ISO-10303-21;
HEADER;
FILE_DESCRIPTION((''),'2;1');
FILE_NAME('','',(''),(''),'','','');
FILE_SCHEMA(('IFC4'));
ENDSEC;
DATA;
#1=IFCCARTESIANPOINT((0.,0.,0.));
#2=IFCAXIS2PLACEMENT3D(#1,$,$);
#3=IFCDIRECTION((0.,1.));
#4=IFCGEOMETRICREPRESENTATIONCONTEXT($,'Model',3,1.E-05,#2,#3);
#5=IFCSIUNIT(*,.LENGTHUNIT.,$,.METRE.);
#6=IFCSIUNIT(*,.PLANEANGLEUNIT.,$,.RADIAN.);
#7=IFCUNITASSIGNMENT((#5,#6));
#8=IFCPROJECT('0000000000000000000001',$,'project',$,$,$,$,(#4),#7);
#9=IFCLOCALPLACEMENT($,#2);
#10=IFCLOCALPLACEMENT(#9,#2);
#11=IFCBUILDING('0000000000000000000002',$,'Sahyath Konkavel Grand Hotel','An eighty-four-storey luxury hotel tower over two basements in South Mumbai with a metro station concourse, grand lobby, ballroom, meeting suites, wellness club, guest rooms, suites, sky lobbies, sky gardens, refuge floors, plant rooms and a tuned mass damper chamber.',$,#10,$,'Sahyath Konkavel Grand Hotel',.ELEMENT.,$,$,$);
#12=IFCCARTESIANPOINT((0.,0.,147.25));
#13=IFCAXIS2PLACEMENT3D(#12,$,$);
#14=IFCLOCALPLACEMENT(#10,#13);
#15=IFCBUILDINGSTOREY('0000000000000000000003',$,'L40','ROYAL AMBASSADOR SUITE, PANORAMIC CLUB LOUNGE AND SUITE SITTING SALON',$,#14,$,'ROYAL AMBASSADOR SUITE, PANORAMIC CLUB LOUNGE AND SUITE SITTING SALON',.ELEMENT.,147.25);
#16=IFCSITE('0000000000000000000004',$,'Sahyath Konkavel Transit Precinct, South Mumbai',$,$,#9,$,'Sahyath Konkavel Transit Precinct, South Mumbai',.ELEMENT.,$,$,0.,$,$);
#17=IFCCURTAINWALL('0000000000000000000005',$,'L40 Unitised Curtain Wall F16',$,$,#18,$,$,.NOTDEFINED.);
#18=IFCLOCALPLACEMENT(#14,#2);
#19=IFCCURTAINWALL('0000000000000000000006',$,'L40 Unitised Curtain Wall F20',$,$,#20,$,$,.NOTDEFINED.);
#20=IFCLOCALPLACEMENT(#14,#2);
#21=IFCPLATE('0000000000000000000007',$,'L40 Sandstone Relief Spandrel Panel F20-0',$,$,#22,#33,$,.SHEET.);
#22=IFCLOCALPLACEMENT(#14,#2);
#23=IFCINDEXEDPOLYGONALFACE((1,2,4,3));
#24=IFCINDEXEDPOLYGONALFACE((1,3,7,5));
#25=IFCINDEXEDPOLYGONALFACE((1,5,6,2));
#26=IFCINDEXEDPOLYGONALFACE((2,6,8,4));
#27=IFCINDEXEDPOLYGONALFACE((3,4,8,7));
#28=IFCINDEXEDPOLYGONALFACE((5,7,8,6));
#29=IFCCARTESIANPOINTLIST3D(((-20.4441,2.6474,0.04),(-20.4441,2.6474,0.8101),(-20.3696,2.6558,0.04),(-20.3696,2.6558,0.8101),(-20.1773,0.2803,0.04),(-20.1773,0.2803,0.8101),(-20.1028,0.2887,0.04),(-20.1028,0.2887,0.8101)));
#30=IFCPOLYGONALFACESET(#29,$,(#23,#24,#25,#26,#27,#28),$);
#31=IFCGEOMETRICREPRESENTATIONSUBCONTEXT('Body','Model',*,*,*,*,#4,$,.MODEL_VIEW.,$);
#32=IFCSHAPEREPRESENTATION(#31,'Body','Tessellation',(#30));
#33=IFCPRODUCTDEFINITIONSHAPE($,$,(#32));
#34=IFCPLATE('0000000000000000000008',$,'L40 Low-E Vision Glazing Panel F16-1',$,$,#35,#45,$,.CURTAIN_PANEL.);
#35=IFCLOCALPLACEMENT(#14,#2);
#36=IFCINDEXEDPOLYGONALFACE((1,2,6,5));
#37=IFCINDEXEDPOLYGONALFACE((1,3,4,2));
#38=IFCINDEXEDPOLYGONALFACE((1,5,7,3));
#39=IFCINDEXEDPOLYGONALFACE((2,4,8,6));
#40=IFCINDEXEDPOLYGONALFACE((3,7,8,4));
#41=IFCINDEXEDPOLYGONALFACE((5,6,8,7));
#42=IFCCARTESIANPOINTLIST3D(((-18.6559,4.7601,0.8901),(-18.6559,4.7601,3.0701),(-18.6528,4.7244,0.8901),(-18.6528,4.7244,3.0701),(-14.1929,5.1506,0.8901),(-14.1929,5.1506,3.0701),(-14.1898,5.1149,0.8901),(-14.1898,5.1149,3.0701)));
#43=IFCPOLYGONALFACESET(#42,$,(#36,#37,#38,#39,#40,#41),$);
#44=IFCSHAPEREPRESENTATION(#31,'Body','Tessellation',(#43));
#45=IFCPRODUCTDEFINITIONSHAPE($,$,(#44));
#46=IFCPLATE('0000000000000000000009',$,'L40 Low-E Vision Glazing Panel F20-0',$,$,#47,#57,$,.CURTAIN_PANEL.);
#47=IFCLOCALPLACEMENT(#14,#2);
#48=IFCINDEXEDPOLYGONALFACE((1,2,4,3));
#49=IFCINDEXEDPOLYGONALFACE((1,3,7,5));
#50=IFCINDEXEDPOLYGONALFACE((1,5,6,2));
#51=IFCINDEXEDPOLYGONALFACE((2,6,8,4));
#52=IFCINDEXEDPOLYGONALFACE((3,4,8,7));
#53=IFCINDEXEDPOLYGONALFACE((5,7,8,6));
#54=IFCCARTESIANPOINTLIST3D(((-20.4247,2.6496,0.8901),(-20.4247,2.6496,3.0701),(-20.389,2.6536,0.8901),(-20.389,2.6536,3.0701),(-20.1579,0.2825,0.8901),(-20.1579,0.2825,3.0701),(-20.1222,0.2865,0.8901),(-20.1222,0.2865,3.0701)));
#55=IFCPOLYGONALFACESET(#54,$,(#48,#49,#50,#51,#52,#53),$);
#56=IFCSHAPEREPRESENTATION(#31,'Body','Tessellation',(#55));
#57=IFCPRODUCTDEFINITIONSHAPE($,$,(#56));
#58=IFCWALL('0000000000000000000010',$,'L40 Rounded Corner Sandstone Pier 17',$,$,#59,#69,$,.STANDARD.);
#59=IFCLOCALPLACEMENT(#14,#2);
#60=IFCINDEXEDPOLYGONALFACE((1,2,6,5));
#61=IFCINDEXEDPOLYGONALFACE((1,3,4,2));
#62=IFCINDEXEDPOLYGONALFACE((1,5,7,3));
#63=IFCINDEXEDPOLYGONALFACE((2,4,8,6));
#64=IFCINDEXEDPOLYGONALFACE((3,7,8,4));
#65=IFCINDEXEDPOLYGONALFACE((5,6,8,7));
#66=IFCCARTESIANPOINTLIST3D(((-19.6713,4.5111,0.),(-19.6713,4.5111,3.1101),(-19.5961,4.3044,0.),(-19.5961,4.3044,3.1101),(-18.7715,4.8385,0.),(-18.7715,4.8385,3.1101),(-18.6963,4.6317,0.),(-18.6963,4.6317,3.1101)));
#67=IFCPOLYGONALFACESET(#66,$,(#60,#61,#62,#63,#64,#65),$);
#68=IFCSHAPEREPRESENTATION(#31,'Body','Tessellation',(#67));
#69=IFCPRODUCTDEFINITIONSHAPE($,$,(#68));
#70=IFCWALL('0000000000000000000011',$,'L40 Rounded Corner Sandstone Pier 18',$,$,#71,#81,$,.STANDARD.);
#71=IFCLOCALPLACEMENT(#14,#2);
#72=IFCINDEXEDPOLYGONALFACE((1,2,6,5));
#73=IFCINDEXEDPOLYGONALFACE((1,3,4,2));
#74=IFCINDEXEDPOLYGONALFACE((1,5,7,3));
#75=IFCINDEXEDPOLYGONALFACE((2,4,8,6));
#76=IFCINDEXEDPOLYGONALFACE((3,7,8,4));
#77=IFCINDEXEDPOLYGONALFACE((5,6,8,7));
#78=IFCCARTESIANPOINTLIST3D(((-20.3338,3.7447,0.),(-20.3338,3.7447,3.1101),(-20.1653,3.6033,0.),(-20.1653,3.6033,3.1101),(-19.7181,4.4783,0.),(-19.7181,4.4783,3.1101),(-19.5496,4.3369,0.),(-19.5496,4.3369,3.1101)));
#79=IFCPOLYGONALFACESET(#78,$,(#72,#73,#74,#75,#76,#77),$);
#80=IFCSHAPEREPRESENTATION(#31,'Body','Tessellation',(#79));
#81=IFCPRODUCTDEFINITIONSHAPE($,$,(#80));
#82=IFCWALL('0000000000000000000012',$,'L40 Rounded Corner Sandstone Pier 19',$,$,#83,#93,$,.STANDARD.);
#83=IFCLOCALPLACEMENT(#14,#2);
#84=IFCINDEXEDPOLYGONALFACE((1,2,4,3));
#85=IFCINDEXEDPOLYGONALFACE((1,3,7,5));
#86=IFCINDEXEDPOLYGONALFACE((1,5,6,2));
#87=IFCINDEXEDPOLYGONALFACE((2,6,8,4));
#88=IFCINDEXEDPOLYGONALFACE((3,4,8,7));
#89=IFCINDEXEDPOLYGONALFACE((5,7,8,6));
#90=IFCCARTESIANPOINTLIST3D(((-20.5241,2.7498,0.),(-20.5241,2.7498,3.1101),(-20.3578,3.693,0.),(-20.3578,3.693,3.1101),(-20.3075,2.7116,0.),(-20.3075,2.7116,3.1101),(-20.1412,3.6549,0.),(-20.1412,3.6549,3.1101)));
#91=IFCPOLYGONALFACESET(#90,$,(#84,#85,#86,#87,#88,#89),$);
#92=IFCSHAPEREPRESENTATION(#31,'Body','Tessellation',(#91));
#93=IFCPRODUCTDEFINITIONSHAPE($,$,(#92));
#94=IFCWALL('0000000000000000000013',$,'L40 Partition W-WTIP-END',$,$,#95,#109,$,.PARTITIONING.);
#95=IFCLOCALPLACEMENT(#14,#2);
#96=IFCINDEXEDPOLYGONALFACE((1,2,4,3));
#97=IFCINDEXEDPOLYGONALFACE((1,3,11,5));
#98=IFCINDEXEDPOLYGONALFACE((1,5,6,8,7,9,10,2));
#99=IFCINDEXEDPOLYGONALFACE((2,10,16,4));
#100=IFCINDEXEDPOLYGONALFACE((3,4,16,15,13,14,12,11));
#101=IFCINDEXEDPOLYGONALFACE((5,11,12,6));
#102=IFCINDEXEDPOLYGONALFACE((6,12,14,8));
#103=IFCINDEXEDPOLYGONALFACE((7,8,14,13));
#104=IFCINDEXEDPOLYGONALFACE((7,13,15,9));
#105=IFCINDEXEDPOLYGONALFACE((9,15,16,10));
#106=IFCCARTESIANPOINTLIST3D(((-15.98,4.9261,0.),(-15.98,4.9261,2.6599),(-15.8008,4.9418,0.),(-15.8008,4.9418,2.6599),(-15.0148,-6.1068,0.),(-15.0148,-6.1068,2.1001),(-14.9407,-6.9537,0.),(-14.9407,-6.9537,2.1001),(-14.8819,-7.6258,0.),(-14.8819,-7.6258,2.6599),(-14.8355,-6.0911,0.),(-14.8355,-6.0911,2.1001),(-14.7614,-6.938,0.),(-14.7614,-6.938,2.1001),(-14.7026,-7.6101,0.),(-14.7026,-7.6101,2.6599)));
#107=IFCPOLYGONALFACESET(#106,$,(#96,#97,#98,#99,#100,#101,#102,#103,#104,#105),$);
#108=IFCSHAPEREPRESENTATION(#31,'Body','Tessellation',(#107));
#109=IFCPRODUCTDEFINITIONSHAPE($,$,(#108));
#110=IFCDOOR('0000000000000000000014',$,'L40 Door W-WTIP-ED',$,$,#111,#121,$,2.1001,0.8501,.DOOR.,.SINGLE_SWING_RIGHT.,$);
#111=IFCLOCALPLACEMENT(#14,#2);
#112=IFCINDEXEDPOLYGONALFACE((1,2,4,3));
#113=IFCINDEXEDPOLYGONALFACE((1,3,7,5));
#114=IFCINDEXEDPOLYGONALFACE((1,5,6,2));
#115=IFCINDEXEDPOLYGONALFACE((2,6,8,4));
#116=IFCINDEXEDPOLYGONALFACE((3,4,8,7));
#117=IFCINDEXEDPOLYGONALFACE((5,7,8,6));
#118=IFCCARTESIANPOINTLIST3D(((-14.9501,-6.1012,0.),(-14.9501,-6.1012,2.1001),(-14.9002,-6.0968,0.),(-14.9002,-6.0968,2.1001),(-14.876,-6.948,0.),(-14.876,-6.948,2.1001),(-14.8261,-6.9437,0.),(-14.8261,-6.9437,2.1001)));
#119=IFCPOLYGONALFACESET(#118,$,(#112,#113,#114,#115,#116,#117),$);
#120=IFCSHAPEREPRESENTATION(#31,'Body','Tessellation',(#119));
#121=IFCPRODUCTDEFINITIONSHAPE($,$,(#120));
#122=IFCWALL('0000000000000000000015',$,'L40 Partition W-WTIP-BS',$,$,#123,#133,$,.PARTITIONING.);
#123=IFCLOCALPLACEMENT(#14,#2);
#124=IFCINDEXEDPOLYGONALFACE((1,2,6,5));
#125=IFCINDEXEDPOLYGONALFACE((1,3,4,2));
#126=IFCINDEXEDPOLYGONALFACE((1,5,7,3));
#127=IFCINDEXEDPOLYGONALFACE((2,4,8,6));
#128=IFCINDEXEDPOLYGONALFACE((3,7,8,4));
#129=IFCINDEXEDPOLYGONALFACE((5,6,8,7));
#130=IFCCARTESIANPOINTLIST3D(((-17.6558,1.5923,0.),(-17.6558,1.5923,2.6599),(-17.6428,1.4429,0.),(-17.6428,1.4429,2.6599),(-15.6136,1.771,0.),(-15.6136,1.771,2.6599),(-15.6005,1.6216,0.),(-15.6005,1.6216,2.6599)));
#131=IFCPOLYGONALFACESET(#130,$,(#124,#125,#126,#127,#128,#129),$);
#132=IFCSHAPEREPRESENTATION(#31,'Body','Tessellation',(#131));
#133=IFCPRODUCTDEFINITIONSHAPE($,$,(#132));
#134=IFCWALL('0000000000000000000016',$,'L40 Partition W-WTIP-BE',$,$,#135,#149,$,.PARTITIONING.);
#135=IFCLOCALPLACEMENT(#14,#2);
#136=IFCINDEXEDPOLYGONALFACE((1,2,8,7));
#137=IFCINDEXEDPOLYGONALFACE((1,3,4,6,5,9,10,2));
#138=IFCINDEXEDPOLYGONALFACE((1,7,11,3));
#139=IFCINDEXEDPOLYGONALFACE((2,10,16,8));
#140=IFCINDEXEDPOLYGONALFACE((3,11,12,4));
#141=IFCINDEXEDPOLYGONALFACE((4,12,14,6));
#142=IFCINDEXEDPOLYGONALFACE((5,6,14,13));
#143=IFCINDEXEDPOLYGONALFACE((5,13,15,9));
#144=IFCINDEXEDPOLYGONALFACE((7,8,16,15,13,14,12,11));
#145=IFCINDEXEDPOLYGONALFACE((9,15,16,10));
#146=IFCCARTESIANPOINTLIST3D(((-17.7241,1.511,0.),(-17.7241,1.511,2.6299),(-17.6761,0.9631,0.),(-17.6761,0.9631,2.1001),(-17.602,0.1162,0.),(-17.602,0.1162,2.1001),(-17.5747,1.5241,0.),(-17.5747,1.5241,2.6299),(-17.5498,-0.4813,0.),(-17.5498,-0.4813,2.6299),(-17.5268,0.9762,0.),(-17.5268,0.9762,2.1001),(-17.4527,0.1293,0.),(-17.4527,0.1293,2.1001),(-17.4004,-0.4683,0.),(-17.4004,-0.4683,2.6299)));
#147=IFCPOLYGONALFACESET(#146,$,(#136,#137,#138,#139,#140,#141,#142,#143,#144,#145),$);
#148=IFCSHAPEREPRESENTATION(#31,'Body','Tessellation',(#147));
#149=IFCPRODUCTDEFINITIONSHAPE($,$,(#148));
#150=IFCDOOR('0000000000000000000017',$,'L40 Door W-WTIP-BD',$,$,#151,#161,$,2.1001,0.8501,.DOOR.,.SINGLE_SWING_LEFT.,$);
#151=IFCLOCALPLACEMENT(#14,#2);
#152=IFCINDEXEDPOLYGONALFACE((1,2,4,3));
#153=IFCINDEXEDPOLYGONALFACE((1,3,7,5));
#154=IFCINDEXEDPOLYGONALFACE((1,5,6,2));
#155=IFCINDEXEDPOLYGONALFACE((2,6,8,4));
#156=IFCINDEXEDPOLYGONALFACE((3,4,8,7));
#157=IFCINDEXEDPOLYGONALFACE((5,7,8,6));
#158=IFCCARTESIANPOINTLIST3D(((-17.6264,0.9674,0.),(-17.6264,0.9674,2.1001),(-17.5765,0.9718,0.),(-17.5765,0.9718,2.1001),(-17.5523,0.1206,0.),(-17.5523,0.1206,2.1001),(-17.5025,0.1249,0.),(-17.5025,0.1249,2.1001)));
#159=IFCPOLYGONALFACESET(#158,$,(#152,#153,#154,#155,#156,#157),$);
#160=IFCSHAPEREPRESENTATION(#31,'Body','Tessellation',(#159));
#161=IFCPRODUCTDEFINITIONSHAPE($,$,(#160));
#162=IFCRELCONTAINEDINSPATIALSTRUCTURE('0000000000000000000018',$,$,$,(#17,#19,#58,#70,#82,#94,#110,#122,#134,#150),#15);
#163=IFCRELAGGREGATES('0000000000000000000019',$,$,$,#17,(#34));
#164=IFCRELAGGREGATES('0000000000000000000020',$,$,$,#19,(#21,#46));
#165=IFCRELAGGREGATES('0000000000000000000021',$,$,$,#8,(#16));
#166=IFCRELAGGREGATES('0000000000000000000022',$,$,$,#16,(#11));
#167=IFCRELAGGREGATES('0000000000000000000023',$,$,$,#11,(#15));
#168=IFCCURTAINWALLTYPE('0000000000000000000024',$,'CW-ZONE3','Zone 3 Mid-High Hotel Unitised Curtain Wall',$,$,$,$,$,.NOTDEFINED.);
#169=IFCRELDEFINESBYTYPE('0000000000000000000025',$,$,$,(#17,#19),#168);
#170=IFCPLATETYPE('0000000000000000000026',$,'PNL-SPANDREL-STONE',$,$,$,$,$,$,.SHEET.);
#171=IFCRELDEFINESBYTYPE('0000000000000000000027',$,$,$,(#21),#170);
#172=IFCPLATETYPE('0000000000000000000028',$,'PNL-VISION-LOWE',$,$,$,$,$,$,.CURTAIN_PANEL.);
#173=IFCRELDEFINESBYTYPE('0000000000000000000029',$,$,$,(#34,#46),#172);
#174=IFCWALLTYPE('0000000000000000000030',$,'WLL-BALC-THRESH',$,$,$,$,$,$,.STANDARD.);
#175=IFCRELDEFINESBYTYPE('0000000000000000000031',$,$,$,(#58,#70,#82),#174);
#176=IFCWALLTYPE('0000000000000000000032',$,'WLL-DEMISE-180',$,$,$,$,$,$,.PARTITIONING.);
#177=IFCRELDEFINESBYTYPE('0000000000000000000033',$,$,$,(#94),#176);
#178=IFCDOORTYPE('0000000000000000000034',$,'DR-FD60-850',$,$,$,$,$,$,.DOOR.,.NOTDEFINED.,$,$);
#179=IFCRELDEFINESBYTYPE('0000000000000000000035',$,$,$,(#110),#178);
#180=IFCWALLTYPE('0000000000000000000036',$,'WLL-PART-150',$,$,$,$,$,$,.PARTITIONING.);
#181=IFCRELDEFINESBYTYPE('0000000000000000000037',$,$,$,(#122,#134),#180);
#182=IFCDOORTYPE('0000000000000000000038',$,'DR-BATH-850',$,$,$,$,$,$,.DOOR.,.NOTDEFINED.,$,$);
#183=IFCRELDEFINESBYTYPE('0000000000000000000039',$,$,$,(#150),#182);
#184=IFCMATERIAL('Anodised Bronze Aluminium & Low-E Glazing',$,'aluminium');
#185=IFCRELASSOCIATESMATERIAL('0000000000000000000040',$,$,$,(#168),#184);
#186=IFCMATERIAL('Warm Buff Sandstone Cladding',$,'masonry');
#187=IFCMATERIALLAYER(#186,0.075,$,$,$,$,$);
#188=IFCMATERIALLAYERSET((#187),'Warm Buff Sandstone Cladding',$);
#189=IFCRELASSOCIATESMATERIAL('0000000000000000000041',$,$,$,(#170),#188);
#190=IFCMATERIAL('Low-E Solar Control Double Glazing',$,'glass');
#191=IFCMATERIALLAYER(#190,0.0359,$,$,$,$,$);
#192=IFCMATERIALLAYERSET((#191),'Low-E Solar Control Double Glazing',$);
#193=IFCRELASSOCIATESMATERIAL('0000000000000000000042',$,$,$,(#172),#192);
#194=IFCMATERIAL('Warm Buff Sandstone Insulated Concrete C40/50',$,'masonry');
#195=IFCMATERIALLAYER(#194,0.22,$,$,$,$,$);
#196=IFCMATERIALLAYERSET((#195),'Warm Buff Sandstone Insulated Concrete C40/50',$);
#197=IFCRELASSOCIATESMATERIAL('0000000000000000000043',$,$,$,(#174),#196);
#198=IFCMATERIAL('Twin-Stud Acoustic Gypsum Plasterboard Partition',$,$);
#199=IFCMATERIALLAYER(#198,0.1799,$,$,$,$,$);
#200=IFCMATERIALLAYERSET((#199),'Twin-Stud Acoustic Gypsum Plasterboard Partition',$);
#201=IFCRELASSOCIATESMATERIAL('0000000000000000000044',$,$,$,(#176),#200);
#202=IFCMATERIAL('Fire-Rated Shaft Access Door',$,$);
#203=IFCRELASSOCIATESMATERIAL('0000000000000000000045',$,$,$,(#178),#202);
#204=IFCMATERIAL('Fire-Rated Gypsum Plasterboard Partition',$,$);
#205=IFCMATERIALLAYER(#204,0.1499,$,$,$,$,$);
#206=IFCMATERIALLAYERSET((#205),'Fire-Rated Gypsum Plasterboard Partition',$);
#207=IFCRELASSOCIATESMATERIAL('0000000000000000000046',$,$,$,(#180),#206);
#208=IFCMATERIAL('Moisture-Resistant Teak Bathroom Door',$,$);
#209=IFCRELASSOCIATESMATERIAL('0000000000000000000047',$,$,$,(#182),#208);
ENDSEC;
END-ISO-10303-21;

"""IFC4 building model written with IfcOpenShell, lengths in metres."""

from ifc_helpers import new_model, si_unit, direction, frame, frame_2d, origin, origin_2d, place, context, subcontext, project, spatial, rectangle, extrude, source, transform, mapped, material, layer, layer_set, type_object, element, fill, aggregate, save


model = new_model("IFC4")

# Units and contexts
model_context = context("Model", 3, precision=1e-05, world=origin(), true_north=direction((0.0, 1.0)))
body_context = subcontext(model_context, "Body", "Model", "MODEL_VIEW")
ifc_project = project(units=[si_unit("LENGTHUNIT", "METRE"), si_unit("PLANEANGLEUNIT", "RADIAN")], contexts=[model_context])

# Site, building, storey
site_placement = place(None, origin())
site = spatial("IfcSite", under=ifc_project, at=site_placement, Name="Sahyath Konkavel Transit Precinct, South Mumbai", LongName="Sahyath Konkavel Transit Precinct, South Mumbai", CompositionType="ELEMENT", RefElevation=0.0)
building_placement = place(site_placement, origin())
building = spatial("IfcBuilding", under=site, at=building_placement, Name="Sahyath Konkavel Grand Hotel", Description="An eighty-four-storey luxury hotel tower over two basements in South Mumbai with a metro station concourse, grand lobby, ballroom, meeting suites, wellness club, guest rooms, suites, sky lobbies, sky gardens, refuge floors, plant rooms and a tuned mass damper chamber.", LongName="Sahyath Konkavel Grand Hotel", CompositionType="ELEMENT")
storey_placement = place(building_placement, frame((0.0, 0.0, 147.25)))
storey = spatial("IfcBuildingStorey", under=building, at=storey_placement, Name="L40", Description="ROYAL AMBASSADOR SUITE, PANORAMIC CLUB LOUNGE AND SUITE SITTING SALON", LongName="ROYAL AMBASSADOR SUITE, PANORAMIC CLUB LOUNGE AND SUITE SITTING SALON", CompositionType="ELEMENT", Elevation=147.25)

# Curtain walls
ifc_material_1 = material(Name="Anodised Bronze Aluminium & Low-E Glazing", Category="aluminium")
curtain_wall_type = type_object("IfcCurtainWallType", Name="CW-ZONE3", Description="Zone 3 Mid-High Hotel Unitised Curtain Wall", PredefinedType="NOTDEFINED", material=ifc_material_1)
curtain_wall_1_placement = place(storey_placement, origin())
curtain_wall_1 = element("IfcCurtainWall", 1, at=curtain_wall_1_placement, inside=storey, type_object=curtain_wall_type, Name="L40 Unitised Curtain Wall F16", PredefinedType="NOTDEFINED")
curtain_wall_2_placement = place(storey_placement, origin())
curtain_wall_2 = element("IfcCurtainWall", 2, at=curtain_wall_2_placement, inside=storey, type_object=curtain_wall_type, Name="L40 Unitised Curtain Wall F20", PredefinedType="NOTDEFINED")

# Plates
ifc_material_2 = material(Name="Warm Buff Sandstone Cladding", Category="masonry")
ifc_layer_1 = layer(ifc_material_2, 0.075)
ifc_layer_set_1 = layer_set([ifc_layer_1], Name="Warm Buff Sandstone Cladding")
plate_type_1 = type_object("IfcPlateType", Name="PNL-SPANDREL-STONE", PredefinedType="SHEET", material=ifc_layer_set_1)
shared_shape_1 = source(origin(), body_context, "Body", "SweptSolid", [
    extrude(rectangle(XDim=2.3821, YDim=0.075, at=origin_2d()), origin(), (0.0, 0.0, 1.0), 0.77),
])
plate_1_placement = place(storey_placement, frame((-20.2734, 1.468, 0.04), z_axis=(0.0, 0.0, 1.0), x_axis=(0.111989, -0.993709, 0.0)))
plate_1 = element("IfcPlate", 3, at=plate_1_placement, type_object=plate_type_1, Name="L40 Sandstone Relief Spandrel Panel F20-0", PredefinedType="SHEET", context=body_context, shape_type="MappedRepresentation", body=[
    mapped(shared_shape_1, transform((0.0, 0.0, 0.0), scale=1.0)),
])
ifc_material_3 = material(Name="Low-E Solar Control Double Glazing", Category="glass")
ifc_layer_2 = layer(ifc_material_3, 0.0359)
ifc_layer_set_2 = layer_set([ifc_layer_2], Name="Low-E Solar Control Double Glazing")
plate_type_2 = type_object("IfcPlateType", Name="PNL-VISION-LOWE", PredefinedType="CURTAIN_PANEL", material=ifc_layer_set_2)
shared_shape_2 = source(origin(), body_context, "Body", "SweptSolid", [
    extrude(rectangle(XDim=4.48, YDim=0.0359, at=origin_2d()), origin(), (0.0, 0.0, 1.0), 2.1799),
])
plate_2_placement = place(storey_placement, frame((-16.4229, 4.9375, 0.8901), z_axis=(0.0, 0.0, 1.0), x_axis=(-0.996195, -0.087156, 0.0)))
plate_2 = element("IfcPlate", 4, at=plate_2_placement, type_object=plate_type_2, Name="L40 Low-E Vision Glazing Panel F16-1", PredefinedType="CURTAIN_PANEL", context=body_context, shape_type="MappedRepresentation", body=[
    mapped(shared_shape_2, transform((0.0, 0.0, 0.0), scale=1.0)),
])
aggregate(curtain_wall_1, [plate_2])
shared_shape_3 = source(origin(), body_context, "Body", "SweptSolid", [
    extrude(rectangle(XDim=2.3821, YDim=0.0359, at=origin_2d()), origin(), (0.0, 0.0, 1.0), 2.1799),
])
plate_3_placement = place(storey_placement, frame((-20.2734, 1.468, 0.8901), z_axis=(0.0, 0.0, 1.0), x_axis=(0.111989, -0.993709, 0.0)))
plate_3 = element("IfcPlate", 5, at=plate_3_placement, type_object=plate_type_2, Name="L40 Low-E Vision Glazing Panel F20-0", PredefinedType="CURTAIN_PANEL", context=body_context, shape_type="MappedRepresentation", body=[
    mapped(shared_shape_3, transform((0.0, 0.0, 0.0), scale=1.0)),
])
aggregate(curtain_wall_2, [plate_1, plate_3])

# Walls
ifc_material_4 = material(Name="Warm Buff Sandstone Insulated Concrete C40/50", Category="masonry")
ifc_layer_3 = layer(ifc_material_4, 0.22)
ifc_layer_set_3 = layer_set([ifc_layer_3], Name="Warm Buff Sandstone Insulated Concrete C40/50")
wall_type_1 = type_object("IfcWallType", Name="WLL-BALC-THRESH", PredefinedType="STANDARD", material=ifc_layer_set_3)
wall_1_placement = place(storey_placement, frame((-18.7339, 4.7351, 0.0), z_axis=(0.0, 0.0, 1.0), x_axis=(-0.939741, -0.341886, 0.0)))
element("IfcWall", 6, at=wall_1_placement, inside=storey, type_object=wall_type_1, Name="L40 Rounded Corner Sandstone Pier 17", PredefinedType="STANDARD", context=body_context, shape_type="SweptSolid", body=[
    extrude(rectangle(XDim=0.9575, YDim=0.22, at=frame_2d((0.4788, 0.0))), origin(), (0.0, 0.0, 1.0), 3.1101),
])
for number, where, z_axis, x_axis, name in (
    (7, (-19.6338, 4.4077, 0.0), (0.0, 0.0, 1.0), (-0.642863, -0.765981, 0.0), "L40 Rounded Corner Sandstone Pier 18"),
    (8, (-20.2495, 3.6741, 0.0), (0.0, 0.0, 1.0), (-0.173611, -0.984814, 0.0), "L40 Rounded Corner Sandstone Pier 19"),
):
    element("IfcWall", number, at=place(storey_placement, frame(where, z_axis=z_axis, x_axis=x_axis)), inside=storey, type_object=wall_type_1, Name=name, PredefinedType="STANDARD", context=body_context, shape_type="SweptSolid", body=[
        extrude(rectangle(XDim=0.9578, YDim=0.22, at=frame_2d((0.479, 0.0))), origin(), (0.0, 0.0, 1.0), 3.1101),
    ])

# Wall, opening, door
ifc_material_5 = material(Name="Twin-Stud Acoustic Gypsum Plasterboard Partition")
ifc_layer_4 = layer(ifc_material_5, 0.1799)
ifc_layer_set_4 = layer_set([ifc_layer_4], Name="Twin-Stud Acoustic Gypsum Plasterboard Partition")
wall_type_2 = type_object("IfcWallType", Name="WLL-DEMISE-180", PredefinedType="PARTITIONING", material=ifc_layer_set_4)
wall_2_placement = place(storey_placement, frame((-15.8904, 4.9338, 0.0), z_axis=(0.0, 0.0, 1.0), x_axis=(0.087155, -0.996195, 0.0)))
wall_2 = element("IfcWall", 9, at=wall_2_placement, inside=storey, type_object=wall_type_2, Name="L40 Partition W-WTIP-END", PredefinedType="PARTITIONING", context=body_context, shape_type="SweptSolid", body=[
    extrude(rectangle(XDim=12.5999, YDim=0.1799, at=frame_2d((6.2998, 0.0))), origin(), (0.0, 0.0, 1.0), 2.6599),
])
opening_1_placement = place(wall_2_placement, frame((11.075, 0.0, 0.0)))
opening_1 = element("IfcOpeningElement", 10, at=opening_1_placement, cuts=wall_2, PredefinedType="OPENING", context=body_context, shape_type="SweptSolid", body=[
    extrude(rectangle(XDim=0.8501, YDim=2.1001, at=frame_2d((0.425, 1.05))), frame((0.0, 0.1001, 0.0), z_axis=(0.0, -1.0, 0.0), x_axis=(1.0, 0.0, 0.0)), (0.0, 0.0, 1.0), 0.2),
])
ifc_material_6 = material(Name="Fire-Rated Shaft Access Door")
door_type_1 = type_object("IfcDoorType", Name="DR-FD60-850", OperationType="NOTDEFINED", PredefinedType="DOOR", material=ifc_material_6)
shared_shape_4 = source(origin(), body_context, "Body", "SweptSolid", [
    extrude(rectangle(XDim=0.8501, YDim=0.05, at=origin_2d()), origin(), (0.0, 0.0, 1.0), 2.1001),
])
door_1_placement = place(opening_1_placement, frame((0.425, 0.0, 0.0)))
door_1 = element("IfcDoor", 11, at=door_1_placement, inside=storey, type_object=door_type_1, Name="L40 Door W-WTIP-ED", OperationType="SINGLE_SWING_RIGHT", OverallHeight=2.1001, OverallWidth=0.8501, PredefinedType="DOOR", context=body_context, shape_type="MappedRepresentation", body=[
    mapped(shared_shape_4, transform((0.0, 0.0, 0.0), scale=1.0)),
])
fill(opening_1, door_1)

# Wall
ifc_material_7 = material(Name="Fire-Rated Gypsum Plasterboard Partition")
ifc_layer_5 = layer(ifc_material_7, 0.1499)
ifc_layer_set_5 = layer_set([ifc_layer_5], Name="Fire-Rated Gypsum Plasterboard Partition")
wall_type_3 = type_object("IfcWallType", Name="WLL-PART-150", PredefinedType="PARTITIONING", material=ifc_layer_set_5)
wall_3_placement = place(storey_placement, frame((-15.6072, 1.6963, 0.0), z_axis=(0.0, 0.0, 1.0), x_axis=(-0.996193, -0.087174, 0.0)))
element("IfcWall", 12, at=wall_3_placement, inside=storey, type_object=wall_type_3, Name="L40 Partition W-WTIP-BS", PredefinedType="PARTITIONING", context=body_context, shape_type="SweptSolid", body=[
    extrude(rectangle(XDim=2.05, YDim=0.1499, at=frame_2d((1.0249, 0.0))), origin(), (0.0, 0.0, 1.0), 2.6599),
])

# Wall, opening, door
wall_4_placement = place(storey_placement, frame((-17.6494, 1.5176, 0.0), z_axis=(0.0, 0.0, 1.0), x_axis=(0.087156, -0.996195, 0.0)))
wall_4 = element("IfcWall", 13, at=wall_4_placement, inside=storey, type_object=wall_type_3, Name="L40 Partition W-WTIP-BE", PredefinedType="PARTITIONING", context=body_context, shape_type="SweptSolid", body=[
    extrude(rectangle(XDim=2.0, YDim=0.1499, at=frame_2d((1.0, 0.0))), origin(), (0.0, 0.0, 1.0), 2.6299),
])
opening_2_placement = place(wall_4_placement, frame((0.55, 0.0, 0.0)))
opening_2 = element("IfcOpeningElement", 14, at=opening_2_placement, cuts=wall_4, PredefinedType="OPENING", context=body_context, shape_type="SweptSolid", body=[
    extrude(rectangle(XDim=0.8501, YDim=2.1001, at=frame_2d((0.425, 1.05))), frame((0.0, 0.085, 0.0), z_axis=(0.0, -1.0, 0.0), x_axis=(1.0, 0.0, 0.0)), (0.0, 0.0, 1.0), 0.1699),
])
ifc_material_8 = material(Name="Moisture-Resistant Teak Bathroom Door")
door_type_2 = type_object("IfcDoorType", Name="DR-BATH-850", OperationType="NOTDEFINED", PredefinedType="DOOR", material=ifc_material_8)
door_2_placement = place(opening_2_placement, frame((0.425, 0.0, 0.0)))
door_2 = element("IfcDoor", 15, at=door_2_placement, inside=storey, type_object=door_type_2, Name="L40 Door W-WTIP-BD", OperationType="SINGLE_SWING_LEFT", OverallHeight=2.1001, OverallWidth=0.8501, PredefinedType="DOOR", context=body_context, shape_type="MappedRepresentation", body=[
    mapped(shared_shape_4, transform((0.0, 0.0, 0.0), scale=1.0)),
])
fill(opening_2, door_2)

save(model, "model.ifc")
